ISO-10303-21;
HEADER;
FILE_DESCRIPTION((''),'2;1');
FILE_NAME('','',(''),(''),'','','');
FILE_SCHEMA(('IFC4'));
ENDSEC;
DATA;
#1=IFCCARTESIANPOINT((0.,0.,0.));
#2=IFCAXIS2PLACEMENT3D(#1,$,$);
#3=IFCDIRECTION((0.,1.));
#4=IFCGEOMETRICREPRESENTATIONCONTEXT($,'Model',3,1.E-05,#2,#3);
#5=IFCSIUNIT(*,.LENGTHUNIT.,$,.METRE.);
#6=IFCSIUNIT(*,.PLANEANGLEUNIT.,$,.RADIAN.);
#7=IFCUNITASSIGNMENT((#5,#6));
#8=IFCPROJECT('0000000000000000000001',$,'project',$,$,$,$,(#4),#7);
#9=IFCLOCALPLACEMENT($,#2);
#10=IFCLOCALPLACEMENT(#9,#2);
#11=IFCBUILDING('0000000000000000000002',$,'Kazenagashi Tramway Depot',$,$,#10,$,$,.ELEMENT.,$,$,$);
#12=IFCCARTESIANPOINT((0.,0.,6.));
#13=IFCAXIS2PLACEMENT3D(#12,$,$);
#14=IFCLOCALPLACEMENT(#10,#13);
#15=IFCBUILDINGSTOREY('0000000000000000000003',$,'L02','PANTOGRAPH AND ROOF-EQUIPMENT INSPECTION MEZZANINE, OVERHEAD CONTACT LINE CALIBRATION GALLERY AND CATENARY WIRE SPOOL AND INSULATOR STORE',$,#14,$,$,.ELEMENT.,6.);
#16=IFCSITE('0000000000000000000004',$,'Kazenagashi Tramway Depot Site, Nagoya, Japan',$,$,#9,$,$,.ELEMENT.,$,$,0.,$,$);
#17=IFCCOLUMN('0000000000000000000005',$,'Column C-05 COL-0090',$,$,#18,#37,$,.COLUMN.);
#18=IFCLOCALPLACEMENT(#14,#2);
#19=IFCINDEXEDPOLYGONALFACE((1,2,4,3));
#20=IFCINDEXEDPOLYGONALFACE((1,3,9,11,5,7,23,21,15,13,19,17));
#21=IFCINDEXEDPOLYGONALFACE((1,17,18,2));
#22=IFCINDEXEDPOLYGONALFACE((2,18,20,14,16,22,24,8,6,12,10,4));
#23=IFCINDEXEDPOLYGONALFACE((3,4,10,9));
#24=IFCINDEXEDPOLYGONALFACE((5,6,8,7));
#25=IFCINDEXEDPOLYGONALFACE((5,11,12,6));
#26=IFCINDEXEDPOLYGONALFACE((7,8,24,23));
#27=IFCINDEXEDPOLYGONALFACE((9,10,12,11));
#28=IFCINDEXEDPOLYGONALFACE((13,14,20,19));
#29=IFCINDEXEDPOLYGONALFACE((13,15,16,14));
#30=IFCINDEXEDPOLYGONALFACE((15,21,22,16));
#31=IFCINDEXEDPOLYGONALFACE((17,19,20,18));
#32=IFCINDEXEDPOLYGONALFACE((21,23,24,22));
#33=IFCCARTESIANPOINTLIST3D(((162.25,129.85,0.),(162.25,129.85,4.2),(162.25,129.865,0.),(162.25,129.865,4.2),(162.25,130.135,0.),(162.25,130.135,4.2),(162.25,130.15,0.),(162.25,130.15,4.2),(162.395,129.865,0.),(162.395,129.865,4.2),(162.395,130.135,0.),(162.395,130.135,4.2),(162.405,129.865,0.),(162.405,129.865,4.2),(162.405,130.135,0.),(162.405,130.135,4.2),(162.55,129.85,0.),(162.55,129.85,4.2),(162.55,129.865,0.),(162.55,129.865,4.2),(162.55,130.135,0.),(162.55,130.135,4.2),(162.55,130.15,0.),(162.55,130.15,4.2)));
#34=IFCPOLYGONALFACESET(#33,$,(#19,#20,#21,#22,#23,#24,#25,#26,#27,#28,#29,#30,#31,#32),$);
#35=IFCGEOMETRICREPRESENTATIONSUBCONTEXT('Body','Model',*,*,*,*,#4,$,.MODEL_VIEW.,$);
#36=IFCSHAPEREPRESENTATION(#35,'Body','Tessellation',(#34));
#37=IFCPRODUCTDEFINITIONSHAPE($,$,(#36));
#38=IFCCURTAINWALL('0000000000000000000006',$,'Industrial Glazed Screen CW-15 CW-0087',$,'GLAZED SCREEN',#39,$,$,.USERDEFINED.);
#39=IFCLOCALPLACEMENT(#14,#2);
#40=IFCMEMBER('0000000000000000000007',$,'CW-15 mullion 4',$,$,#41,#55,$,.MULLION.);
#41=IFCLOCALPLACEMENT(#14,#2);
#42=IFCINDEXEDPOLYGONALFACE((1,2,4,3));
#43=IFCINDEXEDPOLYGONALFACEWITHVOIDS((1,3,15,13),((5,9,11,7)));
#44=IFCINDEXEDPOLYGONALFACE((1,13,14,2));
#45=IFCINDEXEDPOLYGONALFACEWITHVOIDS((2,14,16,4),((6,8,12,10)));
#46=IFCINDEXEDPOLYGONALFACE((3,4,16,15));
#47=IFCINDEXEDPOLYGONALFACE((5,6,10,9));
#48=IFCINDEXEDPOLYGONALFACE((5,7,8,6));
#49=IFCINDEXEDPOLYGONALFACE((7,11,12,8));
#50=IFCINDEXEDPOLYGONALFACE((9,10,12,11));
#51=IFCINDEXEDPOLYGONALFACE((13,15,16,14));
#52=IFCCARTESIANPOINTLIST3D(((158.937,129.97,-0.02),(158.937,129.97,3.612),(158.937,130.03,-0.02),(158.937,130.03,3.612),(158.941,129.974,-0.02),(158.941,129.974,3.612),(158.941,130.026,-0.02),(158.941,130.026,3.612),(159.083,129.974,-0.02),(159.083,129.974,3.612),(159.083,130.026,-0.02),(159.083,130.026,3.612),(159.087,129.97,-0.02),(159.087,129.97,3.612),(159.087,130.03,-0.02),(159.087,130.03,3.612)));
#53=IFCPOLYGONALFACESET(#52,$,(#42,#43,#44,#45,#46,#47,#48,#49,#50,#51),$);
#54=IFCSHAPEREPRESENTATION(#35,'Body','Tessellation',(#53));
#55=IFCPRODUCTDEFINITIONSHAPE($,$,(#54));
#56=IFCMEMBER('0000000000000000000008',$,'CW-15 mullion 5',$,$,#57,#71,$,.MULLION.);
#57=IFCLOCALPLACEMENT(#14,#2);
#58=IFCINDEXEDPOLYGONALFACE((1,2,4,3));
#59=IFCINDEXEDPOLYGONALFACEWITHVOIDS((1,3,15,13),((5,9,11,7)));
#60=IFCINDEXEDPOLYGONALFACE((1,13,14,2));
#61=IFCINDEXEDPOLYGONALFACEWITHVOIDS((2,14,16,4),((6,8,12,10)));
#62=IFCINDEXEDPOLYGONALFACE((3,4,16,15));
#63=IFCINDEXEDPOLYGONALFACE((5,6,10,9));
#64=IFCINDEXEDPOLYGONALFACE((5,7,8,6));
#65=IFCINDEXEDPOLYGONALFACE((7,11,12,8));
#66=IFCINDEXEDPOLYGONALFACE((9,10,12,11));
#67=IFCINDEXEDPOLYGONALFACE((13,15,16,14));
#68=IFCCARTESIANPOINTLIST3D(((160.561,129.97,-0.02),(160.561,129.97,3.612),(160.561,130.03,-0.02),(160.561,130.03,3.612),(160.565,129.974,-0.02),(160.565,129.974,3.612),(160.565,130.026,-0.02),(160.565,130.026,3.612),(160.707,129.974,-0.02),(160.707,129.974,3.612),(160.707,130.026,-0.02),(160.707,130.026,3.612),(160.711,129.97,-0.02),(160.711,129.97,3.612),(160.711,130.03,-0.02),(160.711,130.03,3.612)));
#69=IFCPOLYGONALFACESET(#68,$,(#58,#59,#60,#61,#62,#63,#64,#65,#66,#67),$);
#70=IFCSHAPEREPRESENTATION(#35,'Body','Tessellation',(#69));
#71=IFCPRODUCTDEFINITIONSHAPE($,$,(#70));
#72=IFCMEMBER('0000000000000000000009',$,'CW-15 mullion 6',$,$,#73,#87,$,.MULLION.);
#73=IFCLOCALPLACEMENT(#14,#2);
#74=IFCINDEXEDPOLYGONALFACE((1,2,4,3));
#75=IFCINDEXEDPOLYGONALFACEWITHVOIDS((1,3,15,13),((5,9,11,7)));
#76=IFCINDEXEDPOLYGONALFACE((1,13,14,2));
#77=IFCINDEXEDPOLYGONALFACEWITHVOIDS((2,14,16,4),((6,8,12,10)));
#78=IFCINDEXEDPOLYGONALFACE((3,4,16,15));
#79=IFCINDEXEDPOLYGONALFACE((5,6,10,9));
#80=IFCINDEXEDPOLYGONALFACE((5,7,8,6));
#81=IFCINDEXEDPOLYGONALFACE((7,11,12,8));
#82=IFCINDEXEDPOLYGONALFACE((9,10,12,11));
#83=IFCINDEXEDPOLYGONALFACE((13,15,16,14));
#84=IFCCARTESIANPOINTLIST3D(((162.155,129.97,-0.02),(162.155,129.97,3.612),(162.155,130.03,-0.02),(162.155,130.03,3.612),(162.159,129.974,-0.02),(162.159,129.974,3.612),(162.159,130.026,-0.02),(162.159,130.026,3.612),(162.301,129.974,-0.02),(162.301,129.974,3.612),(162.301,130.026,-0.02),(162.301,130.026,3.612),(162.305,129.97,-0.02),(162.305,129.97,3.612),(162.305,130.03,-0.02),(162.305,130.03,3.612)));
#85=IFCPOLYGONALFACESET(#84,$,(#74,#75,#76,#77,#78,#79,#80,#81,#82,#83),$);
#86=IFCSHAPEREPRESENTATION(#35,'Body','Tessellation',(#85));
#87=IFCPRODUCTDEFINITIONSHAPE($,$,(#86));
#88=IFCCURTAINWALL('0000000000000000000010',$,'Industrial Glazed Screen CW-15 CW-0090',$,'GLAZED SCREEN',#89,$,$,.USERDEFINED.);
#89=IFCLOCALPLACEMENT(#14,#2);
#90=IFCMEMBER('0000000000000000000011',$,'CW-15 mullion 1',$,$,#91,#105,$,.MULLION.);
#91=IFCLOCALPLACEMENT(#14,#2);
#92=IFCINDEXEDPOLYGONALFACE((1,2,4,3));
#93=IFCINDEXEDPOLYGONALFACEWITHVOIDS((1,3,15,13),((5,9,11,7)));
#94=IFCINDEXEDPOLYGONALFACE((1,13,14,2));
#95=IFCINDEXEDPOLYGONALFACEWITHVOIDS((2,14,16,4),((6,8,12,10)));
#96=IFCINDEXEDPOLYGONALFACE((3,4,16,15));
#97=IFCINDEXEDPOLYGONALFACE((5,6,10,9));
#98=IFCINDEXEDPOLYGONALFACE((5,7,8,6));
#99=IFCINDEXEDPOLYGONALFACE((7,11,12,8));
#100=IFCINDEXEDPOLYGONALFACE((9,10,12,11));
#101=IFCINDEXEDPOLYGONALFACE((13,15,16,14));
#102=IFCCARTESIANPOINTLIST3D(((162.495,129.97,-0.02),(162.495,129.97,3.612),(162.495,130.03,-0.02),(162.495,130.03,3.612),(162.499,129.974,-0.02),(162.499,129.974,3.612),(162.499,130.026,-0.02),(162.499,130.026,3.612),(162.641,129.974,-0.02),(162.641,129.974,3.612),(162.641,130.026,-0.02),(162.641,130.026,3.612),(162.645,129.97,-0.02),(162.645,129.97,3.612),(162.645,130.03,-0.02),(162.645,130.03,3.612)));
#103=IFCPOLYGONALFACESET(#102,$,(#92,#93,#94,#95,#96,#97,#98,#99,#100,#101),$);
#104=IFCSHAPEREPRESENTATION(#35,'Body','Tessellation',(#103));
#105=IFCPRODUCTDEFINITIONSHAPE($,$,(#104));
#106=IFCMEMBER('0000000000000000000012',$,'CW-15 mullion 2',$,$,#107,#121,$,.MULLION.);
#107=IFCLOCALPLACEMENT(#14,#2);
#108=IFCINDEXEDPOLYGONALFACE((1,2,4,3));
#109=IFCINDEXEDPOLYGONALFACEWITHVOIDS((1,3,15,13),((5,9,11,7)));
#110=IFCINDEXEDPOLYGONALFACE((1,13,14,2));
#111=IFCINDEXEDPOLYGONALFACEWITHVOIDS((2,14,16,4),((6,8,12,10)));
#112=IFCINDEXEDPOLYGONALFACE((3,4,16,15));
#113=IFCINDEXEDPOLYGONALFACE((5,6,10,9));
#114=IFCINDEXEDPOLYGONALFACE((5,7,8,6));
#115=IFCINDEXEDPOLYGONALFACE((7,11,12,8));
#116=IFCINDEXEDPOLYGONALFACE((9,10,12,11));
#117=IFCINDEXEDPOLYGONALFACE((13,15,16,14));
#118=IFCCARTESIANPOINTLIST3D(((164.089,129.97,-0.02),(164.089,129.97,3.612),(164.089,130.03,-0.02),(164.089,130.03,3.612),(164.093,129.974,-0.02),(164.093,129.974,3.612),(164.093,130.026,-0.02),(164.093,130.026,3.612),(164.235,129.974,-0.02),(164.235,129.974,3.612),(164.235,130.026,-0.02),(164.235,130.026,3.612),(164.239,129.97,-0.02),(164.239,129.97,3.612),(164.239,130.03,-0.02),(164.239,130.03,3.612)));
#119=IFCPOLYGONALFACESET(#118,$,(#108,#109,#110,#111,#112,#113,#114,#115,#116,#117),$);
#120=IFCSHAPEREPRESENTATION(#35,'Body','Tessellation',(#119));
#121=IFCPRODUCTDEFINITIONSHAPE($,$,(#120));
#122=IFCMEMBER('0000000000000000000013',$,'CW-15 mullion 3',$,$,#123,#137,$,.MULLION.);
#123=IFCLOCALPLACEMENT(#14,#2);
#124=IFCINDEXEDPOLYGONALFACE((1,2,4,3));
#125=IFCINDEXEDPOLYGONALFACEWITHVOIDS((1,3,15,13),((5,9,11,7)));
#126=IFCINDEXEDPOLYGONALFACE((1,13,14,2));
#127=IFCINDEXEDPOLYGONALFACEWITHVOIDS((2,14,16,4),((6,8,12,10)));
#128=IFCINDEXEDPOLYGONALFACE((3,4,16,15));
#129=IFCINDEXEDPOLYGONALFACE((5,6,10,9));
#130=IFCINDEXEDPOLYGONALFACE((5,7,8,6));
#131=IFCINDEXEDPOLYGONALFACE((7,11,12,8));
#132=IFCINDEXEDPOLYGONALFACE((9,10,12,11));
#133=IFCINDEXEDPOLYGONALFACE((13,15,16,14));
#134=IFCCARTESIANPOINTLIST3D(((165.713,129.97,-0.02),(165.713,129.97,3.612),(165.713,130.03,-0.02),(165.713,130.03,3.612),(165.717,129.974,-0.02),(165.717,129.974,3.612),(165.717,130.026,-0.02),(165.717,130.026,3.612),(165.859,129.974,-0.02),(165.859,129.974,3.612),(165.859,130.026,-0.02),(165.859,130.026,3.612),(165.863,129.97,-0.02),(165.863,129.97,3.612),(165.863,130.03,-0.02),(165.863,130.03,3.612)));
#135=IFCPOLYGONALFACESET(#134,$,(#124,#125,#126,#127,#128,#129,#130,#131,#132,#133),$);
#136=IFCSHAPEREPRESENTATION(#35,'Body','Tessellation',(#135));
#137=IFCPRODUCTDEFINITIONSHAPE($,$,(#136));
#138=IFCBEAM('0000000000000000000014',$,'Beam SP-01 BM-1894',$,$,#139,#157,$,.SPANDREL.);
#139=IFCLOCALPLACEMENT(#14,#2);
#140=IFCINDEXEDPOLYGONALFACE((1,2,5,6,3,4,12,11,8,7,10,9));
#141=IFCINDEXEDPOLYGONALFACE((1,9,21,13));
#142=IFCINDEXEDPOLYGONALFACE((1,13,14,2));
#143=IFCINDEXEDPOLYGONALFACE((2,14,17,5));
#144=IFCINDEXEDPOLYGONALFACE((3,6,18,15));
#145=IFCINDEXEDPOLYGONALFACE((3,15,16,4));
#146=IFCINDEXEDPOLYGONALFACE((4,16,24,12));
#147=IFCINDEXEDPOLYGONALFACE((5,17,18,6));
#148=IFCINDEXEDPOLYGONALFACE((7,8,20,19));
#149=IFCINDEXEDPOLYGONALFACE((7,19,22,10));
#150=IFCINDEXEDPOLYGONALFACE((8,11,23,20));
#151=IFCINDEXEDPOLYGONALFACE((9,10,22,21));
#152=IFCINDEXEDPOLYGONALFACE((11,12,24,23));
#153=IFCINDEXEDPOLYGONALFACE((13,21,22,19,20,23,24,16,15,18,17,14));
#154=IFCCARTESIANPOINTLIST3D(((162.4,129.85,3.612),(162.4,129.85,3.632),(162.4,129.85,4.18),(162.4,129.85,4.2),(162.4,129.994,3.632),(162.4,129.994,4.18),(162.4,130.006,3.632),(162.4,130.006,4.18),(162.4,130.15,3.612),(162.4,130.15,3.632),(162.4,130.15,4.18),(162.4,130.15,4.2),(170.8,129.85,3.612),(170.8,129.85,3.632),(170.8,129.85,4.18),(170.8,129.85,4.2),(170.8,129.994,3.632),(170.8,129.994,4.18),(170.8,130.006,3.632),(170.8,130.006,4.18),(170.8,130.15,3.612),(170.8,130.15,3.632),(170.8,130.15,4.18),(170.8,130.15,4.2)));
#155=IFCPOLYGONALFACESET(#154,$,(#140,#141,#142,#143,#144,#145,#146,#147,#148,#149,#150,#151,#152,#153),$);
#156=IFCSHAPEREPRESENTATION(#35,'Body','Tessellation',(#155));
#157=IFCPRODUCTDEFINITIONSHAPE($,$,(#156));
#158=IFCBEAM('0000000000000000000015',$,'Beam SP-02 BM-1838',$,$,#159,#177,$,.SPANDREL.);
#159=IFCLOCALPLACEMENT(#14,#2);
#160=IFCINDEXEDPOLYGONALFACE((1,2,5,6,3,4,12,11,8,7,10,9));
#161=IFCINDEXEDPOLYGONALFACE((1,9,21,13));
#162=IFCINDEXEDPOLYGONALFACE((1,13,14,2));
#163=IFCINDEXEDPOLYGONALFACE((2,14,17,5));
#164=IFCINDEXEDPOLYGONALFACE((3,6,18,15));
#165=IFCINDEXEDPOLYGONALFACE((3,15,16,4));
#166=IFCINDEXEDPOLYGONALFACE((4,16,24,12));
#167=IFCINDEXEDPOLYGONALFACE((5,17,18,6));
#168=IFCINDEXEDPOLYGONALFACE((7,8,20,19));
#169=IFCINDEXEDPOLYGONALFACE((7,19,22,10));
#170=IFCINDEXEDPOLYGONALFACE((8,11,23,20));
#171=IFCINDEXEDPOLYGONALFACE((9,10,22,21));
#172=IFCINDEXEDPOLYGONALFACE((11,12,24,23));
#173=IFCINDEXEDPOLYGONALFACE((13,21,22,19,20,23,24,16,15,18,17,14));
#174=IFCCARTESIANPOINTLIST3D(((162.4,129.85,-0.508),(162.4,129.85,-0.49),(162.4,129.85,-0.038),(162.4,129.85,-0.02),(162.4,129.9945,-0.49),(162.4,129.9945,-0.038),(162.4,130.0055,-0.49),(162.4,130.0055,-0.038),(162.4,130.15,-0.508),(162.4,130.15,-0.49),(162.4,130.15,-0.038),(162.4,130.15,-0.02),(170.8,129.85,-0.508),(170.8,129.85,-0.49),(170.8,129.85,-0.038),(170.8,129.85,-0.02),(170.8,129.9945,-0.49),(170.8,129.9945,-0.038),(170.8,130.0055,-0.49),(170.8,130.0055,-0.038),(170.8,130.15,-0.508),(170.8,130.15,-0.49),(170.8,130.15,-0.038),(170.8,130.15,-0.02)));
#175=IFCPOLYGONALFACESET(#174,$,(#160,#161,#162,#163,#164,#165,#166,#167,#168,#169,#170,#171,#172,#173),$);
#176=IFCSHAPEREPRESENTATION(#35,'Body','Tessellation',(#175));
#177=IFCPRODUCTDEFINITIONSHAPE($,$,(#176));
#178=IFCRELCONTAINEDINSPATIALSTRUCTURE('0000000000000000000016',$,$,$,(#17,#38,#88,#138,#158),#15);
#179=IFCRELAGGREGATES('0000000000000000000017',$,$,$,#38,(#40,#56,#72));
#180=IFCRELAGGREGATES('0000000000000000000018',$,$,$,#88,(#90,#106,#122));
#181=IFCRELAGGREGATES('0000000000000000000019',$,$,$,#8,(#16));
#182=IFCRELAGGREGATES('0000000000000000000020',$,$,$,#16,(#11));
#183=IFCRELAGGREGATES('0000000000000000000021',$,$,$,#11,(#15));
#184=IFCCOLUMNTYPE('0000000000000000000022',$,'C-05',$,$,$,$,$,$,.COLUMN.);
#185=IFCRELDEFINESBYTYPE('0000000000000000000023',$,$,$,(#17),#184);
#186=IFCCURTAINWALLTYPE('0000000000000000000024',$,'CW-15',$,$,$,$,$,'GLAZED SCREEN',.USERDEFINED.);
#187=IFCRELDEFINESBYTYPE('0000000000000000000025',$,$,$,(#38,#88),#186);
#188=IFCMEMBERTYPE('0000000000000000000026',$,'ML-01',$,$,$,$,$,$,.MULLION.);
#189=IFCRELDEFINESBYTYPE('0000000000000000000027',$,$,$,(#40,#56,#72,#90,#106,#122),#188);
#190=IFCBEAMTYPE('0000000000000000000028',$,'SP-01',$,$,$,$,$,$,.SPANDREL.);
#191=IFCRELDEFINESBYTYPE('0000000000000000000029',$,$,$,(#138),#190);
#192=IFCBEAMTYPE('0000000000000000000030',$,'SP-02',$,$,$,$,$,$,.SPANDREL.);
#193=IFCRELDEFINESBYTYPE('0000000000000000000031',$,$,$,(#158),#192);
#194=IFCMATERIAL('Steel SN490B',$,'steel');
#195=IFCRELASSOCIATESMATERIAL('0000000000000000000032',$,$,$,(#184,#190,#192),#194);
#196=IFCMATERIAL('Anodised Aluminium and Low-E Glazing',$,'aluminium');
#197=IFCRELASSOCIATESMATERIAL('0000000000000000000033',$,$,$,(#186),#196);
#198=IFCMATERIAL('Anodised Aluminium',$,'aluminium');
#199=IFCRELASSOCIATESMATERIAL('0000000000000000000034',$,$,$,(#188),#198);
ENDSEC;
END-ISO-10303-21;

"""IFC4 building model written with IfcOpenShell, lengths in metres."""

from ifc_helpers import new_model, si_unit, direction, frame, origin, origin_2d, place, context, subcontext, project, spatial, hollow_rectangle, i_section, extrude, material, material_profile, profile_set, type_object, element, aggregate, save


model = new_model("IFC4")

# Units and contexts
model_context = context("Model", 3, precision=1e-05, world=origin(), true_north=direction((0.0, 1.0)))
body_context = subcontext(model_context, "Body", "Model", "MODEL_VIEW")
ifc_project = project(units=[si_unit("LENGTHUNIT", "METRE"), si_unit("PLANEANGLEUNIT", "RADIAN")], contexts=[model_context])

# Site, building, storey
site_placement = place(None, origin())
site = spatial("IfcSite", under=ifc_project, at=site_placement, Name="Kazenagashi Tramway Depot Site, Nagoya, Japan", CompositionType="ELEMENT", RefElevation=0.0)
building_placement = place(site_placement, origin())
building = spatial("IfcBuilding", under=site, at=building_placement, Name="Kazenagashi Tramway Depot", CompositionType="ELEMENT")
storey_placement = place(building_placement, frame((0.0, 0.0, 6.0)))
storey = spatial("IfcBuildingStorey", under=building, at=storey_placement, Name="L02", Description="PANTOGRAPH AND ROOF-EQUIPMENT INSPECTION MEZZANINE, OVERHEAD CONTACT LINE CALIBRATION GALLERY AND CATENARY WIRE SPOOL AND INSULATOR STORE", CompositionType="ELEMENT", Elevation=6.0)

# Column
ifc_material_1 = material(Name="Steel SN490B", Category="steel")
ifc_material_profile_1 = material_profile(ifc_material_1, i_section(OverallWidth=0.3, OverallDepth=0.3, WebThickness=0.01, FlangeThickness=0.015, at=origin_2d()), Name="H-300x300x10x15")
ifc_profile_set_1 = profile_set([ifc_material_profile_1], Name="Steel SN490B")
column_type = type_object("IfcColumnType", Name="C-05", PredefinedType="COLUMN", material=ifc_profile_set_1)
column_placement = place(storey_placement, frame((162.4, 130.0, 0.0), z_axis=(0.0, 0.0, 1.0), x_axis=(1.0, 0.0, 0.0)))
element("IfcColumn", 1, at=column_placement, inside=storey, type_object=column_type, Name="Column C-05 COL-0090", PredefinedType="COLUMN", context=body_context, shape_type="SweptSolid", body=[
    extrude(i_section(OverallWidth=0.3, OverallDepth=0.3, WebThickness=0.01, FlangeThickness=0.015, at=origin_2d()), origin(), (0.0, 0.0, 1.0), 4.2),
])

# Curtain walls, members
ifc_material_2 = material(Name="Anodised Aluminium and Low-E Glazing", Category="aluminium")
curtain_wall_type = type_object("IfcCurtainWallType", Name="CW-15", ElementType="GLAZED SCREEN", PredefinedType="USERDEFINED", material=ifc_material_2)
curtain_wall_1_placement = place(storey_placement, origin())
curtain_wall_1 = element("IfcCurtainWall", 2, at=curtain_wall_1_placement, inside=storey, type_object=curtain_wall_type, Name="Industrial Glazed Screen CW-15 CW-0087", ObjectType="GLAZED SCREEN", PredefinedType="USERDEFINED")
ifc_material_3 = material(Name="Anodised Aluminium", Category="aluminium")
ifc_material_profile_2 = material_profile(ifc_material_3, hollow_rectangle(XDim=0.06, YDim=0.15, WallThickness=0.004, at=origin_2d()), Name="RHS-150x60x4")
ifc_profile_set_2 = profile_set([ifc_material_profile_2], Name="Anodised Aluminium")
member_type_1 = type_object("IfcMemberType", Name="ML-01", PredefinedType="MULLION", material=ifc_profile_set_2)
member_1_placement = place(storey_placement, frame((159.012, 130.0, -0.02), z_axis=(0.0, 0.0, 1.0), x_axis=(0.0, 1.0, 0.0)))
member_1 = element("IfcMember", 3, at=member_1_placement, type_object=member_type_1, Name="CW-15 mullion 4", PredefinedType="MULLION", context=body_context, shape_type="SweptSolid", body=[
    extrude(hollow_rectangle(XDim=0.06, YDim=0.15, WallThickness=0.004, at=origin_2d()), origin(), (0.0, 0.0, 1.0), 3.632),
])
member_2_placement = place(storey_placement, frame((160.636, 130.0, -0.02), z_axis=(0.0, 0.0, 1.0), x_axis=(0.0, 1.0, 0.0)))
member_2 = element("IfcMember", 4, at=member_2_placement, type_object=member_type_1, Name="CW-15 mullion 5", PredefinedType="MULLION", context=body_context, shape_type="SweptSolid", body=[
    extrude(hollow_rectangle(XDim=0.06, YDim=0.15, WallThickness=0.004, at=origin_2d()), origin(), (0.0, 0.0, 1.0), 3.632),
])
member_3_placement = place(storey_placement, frame((162.23, 130.0, -0.02), z_axis=(0.0, 0.0, 1.0), x_axis=(0.0, 1.0, 0.0)))
member_3 = element("IfcMember", 5, at=member_3_placement, type_object=member_type_1, Name="CW-15 mullion 6", PredefinedType="MULLION", context=body_context, shape_type="SweptSolid", body=[
    extrude(hollow_rectangle(XDim=0.06, YDim=0.15, WallThickness=0.004, at=origin_2d()), origin(), (0.0, 0.0, 1.0), 3.632),
])
curtain_wall_2_placement = place(storey_placement, origin())
curtain_wall_2 = element("IfcCurtainWall", 6, at=curtain_wall_2_placement, inside=storey, type_object=curtain_wall_type, Name="Industrial Glazed Screen CW-15 CW-0090", ObjectType="GLAZED SCREEN", PredefinedType="USERDEFINED")
member_4_placement = place(storey_placement, frame((162.57, 130.0, -0.02), z_axis=(0.0, 0.0, 1.0), x_axis=(0.0, 1.0, 0.0)))
member_4 = element("IfcMember", 7, at=member_4_placement, type_object=member_type_1, Name="CW-15 mullion 1", PredefinedType="MULLION", context=body_context, shape_type="SweptSolid", body=[
    extrude(hollow_rectangle(XDim=0.06, YDim=0.15, WallThickness=0.004, at=origin_2d()), origin(), (0.0, 0.0, 1.0), 3.632),
])
member_5_placement = place(storey_placement, frame((164.164, 130.0, -0.02), z_axis=(0.0, 0.0, 1.0), x_axis=(0.0, 1.0, 0.0)))
member_5 = element("IfcMember", 8, at=member_5_placement, type_object=member_type_1, Name="CW-15 mullion 2", PredefinedType="MULLION", context=body_context, shape_type="SweptSolid", body=[
    extrude(hollow_rectangle(XDim=0.06, YDim=0.15, WallThickness=0.004, at=origin_2d()), origin(), (0.0, 0.0, 1.0), 3.632),
])
member_6_placement = place(storey_placement, frame((165.788, 130.0, -0.02), z_axis=(0.0, 0.0, 1.0), x_axis=(0.0, 1.0, 0.0)))
member_6 = element("IfcMember", 9, at=member_6_placement, type_object=member_type_1, Name="CW-15 mullion 3", PredefinedType="MULLION", context=body_context, shape_type="SweptSolid", body=[
    extrude(hollow_rectangle(XDim=0.06, YDim=0.15, WallThickness=0.004, at=origin_2d()), origin(), (0.0, 0.0, 1.0), 3.632),
])

# Beams
ifc_material_profile_3 = material_profile(ifc_material_1, i_section(OverallWidth=0.3, OverallDepth=0.588, WebThickness=0.012, FlangeThickness=0.02, at=origin_2d()), Name="H-588x300x12x20")
ifc_profile_set_3 = profile_set([ifc_material_profile_3], Name="Steel SN490B")
beam_type_1 = type_object("IfcBeamType", Name="SP-01", PredefinedType="SPANDREL", material=ifc_profile_set_3)
beam_1_placement = place(storey_placement, frame((162.4, 130.0, 3.906), z_axis=(1.0, 0.0, 0.0), x_axis=(0.0, 1.0, 0.0)))
element("IfcBeam", 10, at=beam_1_placement, inside=storey, type_object=beam_type_1, Name="Beam SP-01 BM-1894", PredefinedType="SPANDREL", context=body_context, shape_type="SweptSolid", body=[
    extrude(i_section(OverallWidth=0.3, OverallDepth=0.588, WebThickness=0.012, FlangeThickness=0.02, at=origin_2d()), origin(), (0.0, 0.0, 1.0), 8.4),
])
ifc_material_profile_4 = material_profile(ifc_material_1, i_section(OverallWidth=0.3, OverallDepth=0.488, WebThickness=0.011, FlangeThickness=0.018, at=origin_2d()), Name="H-488x300x11x18")
ifc_profile_set_4 = profile_set([ifc_material_profile_4], Name="Steel SN490B")
beam_type_2 = type_object("IfcBeamType", Name="SP-02", PredefinedType="SPANDREL", material=ifc_profile_set_4)
beam_2_placement = place(storey_placement, frame((162.4, 130.0, -0.264), z_axis=(1.0, 0.0, 0.0), x_axis=(0.0, 1.0, 0.0)))
element("IfcBeam", 11, at=beam_2_placement, inside=storey, type_object=beam_type_2, Name="Beam SP-02 BM-1838", PredefinedType="SPANDREL", context=body_context, shape_type="SweptSolid", body=[
    extrude(i_section(OverallWidth=0.3, OverallDepth=0.488, WebThickness=0.011, FlangeThickness=0.018, at=origin_2d()), origin(), (0.0, 0.0, 1.0), 8.4),
])

aggregate(curtain_wall_1, [member_1, member_2, member_3])
aggregate(curtain_wall_2, [member_4, member_5, member_6])

save(model, "model.ifc")
